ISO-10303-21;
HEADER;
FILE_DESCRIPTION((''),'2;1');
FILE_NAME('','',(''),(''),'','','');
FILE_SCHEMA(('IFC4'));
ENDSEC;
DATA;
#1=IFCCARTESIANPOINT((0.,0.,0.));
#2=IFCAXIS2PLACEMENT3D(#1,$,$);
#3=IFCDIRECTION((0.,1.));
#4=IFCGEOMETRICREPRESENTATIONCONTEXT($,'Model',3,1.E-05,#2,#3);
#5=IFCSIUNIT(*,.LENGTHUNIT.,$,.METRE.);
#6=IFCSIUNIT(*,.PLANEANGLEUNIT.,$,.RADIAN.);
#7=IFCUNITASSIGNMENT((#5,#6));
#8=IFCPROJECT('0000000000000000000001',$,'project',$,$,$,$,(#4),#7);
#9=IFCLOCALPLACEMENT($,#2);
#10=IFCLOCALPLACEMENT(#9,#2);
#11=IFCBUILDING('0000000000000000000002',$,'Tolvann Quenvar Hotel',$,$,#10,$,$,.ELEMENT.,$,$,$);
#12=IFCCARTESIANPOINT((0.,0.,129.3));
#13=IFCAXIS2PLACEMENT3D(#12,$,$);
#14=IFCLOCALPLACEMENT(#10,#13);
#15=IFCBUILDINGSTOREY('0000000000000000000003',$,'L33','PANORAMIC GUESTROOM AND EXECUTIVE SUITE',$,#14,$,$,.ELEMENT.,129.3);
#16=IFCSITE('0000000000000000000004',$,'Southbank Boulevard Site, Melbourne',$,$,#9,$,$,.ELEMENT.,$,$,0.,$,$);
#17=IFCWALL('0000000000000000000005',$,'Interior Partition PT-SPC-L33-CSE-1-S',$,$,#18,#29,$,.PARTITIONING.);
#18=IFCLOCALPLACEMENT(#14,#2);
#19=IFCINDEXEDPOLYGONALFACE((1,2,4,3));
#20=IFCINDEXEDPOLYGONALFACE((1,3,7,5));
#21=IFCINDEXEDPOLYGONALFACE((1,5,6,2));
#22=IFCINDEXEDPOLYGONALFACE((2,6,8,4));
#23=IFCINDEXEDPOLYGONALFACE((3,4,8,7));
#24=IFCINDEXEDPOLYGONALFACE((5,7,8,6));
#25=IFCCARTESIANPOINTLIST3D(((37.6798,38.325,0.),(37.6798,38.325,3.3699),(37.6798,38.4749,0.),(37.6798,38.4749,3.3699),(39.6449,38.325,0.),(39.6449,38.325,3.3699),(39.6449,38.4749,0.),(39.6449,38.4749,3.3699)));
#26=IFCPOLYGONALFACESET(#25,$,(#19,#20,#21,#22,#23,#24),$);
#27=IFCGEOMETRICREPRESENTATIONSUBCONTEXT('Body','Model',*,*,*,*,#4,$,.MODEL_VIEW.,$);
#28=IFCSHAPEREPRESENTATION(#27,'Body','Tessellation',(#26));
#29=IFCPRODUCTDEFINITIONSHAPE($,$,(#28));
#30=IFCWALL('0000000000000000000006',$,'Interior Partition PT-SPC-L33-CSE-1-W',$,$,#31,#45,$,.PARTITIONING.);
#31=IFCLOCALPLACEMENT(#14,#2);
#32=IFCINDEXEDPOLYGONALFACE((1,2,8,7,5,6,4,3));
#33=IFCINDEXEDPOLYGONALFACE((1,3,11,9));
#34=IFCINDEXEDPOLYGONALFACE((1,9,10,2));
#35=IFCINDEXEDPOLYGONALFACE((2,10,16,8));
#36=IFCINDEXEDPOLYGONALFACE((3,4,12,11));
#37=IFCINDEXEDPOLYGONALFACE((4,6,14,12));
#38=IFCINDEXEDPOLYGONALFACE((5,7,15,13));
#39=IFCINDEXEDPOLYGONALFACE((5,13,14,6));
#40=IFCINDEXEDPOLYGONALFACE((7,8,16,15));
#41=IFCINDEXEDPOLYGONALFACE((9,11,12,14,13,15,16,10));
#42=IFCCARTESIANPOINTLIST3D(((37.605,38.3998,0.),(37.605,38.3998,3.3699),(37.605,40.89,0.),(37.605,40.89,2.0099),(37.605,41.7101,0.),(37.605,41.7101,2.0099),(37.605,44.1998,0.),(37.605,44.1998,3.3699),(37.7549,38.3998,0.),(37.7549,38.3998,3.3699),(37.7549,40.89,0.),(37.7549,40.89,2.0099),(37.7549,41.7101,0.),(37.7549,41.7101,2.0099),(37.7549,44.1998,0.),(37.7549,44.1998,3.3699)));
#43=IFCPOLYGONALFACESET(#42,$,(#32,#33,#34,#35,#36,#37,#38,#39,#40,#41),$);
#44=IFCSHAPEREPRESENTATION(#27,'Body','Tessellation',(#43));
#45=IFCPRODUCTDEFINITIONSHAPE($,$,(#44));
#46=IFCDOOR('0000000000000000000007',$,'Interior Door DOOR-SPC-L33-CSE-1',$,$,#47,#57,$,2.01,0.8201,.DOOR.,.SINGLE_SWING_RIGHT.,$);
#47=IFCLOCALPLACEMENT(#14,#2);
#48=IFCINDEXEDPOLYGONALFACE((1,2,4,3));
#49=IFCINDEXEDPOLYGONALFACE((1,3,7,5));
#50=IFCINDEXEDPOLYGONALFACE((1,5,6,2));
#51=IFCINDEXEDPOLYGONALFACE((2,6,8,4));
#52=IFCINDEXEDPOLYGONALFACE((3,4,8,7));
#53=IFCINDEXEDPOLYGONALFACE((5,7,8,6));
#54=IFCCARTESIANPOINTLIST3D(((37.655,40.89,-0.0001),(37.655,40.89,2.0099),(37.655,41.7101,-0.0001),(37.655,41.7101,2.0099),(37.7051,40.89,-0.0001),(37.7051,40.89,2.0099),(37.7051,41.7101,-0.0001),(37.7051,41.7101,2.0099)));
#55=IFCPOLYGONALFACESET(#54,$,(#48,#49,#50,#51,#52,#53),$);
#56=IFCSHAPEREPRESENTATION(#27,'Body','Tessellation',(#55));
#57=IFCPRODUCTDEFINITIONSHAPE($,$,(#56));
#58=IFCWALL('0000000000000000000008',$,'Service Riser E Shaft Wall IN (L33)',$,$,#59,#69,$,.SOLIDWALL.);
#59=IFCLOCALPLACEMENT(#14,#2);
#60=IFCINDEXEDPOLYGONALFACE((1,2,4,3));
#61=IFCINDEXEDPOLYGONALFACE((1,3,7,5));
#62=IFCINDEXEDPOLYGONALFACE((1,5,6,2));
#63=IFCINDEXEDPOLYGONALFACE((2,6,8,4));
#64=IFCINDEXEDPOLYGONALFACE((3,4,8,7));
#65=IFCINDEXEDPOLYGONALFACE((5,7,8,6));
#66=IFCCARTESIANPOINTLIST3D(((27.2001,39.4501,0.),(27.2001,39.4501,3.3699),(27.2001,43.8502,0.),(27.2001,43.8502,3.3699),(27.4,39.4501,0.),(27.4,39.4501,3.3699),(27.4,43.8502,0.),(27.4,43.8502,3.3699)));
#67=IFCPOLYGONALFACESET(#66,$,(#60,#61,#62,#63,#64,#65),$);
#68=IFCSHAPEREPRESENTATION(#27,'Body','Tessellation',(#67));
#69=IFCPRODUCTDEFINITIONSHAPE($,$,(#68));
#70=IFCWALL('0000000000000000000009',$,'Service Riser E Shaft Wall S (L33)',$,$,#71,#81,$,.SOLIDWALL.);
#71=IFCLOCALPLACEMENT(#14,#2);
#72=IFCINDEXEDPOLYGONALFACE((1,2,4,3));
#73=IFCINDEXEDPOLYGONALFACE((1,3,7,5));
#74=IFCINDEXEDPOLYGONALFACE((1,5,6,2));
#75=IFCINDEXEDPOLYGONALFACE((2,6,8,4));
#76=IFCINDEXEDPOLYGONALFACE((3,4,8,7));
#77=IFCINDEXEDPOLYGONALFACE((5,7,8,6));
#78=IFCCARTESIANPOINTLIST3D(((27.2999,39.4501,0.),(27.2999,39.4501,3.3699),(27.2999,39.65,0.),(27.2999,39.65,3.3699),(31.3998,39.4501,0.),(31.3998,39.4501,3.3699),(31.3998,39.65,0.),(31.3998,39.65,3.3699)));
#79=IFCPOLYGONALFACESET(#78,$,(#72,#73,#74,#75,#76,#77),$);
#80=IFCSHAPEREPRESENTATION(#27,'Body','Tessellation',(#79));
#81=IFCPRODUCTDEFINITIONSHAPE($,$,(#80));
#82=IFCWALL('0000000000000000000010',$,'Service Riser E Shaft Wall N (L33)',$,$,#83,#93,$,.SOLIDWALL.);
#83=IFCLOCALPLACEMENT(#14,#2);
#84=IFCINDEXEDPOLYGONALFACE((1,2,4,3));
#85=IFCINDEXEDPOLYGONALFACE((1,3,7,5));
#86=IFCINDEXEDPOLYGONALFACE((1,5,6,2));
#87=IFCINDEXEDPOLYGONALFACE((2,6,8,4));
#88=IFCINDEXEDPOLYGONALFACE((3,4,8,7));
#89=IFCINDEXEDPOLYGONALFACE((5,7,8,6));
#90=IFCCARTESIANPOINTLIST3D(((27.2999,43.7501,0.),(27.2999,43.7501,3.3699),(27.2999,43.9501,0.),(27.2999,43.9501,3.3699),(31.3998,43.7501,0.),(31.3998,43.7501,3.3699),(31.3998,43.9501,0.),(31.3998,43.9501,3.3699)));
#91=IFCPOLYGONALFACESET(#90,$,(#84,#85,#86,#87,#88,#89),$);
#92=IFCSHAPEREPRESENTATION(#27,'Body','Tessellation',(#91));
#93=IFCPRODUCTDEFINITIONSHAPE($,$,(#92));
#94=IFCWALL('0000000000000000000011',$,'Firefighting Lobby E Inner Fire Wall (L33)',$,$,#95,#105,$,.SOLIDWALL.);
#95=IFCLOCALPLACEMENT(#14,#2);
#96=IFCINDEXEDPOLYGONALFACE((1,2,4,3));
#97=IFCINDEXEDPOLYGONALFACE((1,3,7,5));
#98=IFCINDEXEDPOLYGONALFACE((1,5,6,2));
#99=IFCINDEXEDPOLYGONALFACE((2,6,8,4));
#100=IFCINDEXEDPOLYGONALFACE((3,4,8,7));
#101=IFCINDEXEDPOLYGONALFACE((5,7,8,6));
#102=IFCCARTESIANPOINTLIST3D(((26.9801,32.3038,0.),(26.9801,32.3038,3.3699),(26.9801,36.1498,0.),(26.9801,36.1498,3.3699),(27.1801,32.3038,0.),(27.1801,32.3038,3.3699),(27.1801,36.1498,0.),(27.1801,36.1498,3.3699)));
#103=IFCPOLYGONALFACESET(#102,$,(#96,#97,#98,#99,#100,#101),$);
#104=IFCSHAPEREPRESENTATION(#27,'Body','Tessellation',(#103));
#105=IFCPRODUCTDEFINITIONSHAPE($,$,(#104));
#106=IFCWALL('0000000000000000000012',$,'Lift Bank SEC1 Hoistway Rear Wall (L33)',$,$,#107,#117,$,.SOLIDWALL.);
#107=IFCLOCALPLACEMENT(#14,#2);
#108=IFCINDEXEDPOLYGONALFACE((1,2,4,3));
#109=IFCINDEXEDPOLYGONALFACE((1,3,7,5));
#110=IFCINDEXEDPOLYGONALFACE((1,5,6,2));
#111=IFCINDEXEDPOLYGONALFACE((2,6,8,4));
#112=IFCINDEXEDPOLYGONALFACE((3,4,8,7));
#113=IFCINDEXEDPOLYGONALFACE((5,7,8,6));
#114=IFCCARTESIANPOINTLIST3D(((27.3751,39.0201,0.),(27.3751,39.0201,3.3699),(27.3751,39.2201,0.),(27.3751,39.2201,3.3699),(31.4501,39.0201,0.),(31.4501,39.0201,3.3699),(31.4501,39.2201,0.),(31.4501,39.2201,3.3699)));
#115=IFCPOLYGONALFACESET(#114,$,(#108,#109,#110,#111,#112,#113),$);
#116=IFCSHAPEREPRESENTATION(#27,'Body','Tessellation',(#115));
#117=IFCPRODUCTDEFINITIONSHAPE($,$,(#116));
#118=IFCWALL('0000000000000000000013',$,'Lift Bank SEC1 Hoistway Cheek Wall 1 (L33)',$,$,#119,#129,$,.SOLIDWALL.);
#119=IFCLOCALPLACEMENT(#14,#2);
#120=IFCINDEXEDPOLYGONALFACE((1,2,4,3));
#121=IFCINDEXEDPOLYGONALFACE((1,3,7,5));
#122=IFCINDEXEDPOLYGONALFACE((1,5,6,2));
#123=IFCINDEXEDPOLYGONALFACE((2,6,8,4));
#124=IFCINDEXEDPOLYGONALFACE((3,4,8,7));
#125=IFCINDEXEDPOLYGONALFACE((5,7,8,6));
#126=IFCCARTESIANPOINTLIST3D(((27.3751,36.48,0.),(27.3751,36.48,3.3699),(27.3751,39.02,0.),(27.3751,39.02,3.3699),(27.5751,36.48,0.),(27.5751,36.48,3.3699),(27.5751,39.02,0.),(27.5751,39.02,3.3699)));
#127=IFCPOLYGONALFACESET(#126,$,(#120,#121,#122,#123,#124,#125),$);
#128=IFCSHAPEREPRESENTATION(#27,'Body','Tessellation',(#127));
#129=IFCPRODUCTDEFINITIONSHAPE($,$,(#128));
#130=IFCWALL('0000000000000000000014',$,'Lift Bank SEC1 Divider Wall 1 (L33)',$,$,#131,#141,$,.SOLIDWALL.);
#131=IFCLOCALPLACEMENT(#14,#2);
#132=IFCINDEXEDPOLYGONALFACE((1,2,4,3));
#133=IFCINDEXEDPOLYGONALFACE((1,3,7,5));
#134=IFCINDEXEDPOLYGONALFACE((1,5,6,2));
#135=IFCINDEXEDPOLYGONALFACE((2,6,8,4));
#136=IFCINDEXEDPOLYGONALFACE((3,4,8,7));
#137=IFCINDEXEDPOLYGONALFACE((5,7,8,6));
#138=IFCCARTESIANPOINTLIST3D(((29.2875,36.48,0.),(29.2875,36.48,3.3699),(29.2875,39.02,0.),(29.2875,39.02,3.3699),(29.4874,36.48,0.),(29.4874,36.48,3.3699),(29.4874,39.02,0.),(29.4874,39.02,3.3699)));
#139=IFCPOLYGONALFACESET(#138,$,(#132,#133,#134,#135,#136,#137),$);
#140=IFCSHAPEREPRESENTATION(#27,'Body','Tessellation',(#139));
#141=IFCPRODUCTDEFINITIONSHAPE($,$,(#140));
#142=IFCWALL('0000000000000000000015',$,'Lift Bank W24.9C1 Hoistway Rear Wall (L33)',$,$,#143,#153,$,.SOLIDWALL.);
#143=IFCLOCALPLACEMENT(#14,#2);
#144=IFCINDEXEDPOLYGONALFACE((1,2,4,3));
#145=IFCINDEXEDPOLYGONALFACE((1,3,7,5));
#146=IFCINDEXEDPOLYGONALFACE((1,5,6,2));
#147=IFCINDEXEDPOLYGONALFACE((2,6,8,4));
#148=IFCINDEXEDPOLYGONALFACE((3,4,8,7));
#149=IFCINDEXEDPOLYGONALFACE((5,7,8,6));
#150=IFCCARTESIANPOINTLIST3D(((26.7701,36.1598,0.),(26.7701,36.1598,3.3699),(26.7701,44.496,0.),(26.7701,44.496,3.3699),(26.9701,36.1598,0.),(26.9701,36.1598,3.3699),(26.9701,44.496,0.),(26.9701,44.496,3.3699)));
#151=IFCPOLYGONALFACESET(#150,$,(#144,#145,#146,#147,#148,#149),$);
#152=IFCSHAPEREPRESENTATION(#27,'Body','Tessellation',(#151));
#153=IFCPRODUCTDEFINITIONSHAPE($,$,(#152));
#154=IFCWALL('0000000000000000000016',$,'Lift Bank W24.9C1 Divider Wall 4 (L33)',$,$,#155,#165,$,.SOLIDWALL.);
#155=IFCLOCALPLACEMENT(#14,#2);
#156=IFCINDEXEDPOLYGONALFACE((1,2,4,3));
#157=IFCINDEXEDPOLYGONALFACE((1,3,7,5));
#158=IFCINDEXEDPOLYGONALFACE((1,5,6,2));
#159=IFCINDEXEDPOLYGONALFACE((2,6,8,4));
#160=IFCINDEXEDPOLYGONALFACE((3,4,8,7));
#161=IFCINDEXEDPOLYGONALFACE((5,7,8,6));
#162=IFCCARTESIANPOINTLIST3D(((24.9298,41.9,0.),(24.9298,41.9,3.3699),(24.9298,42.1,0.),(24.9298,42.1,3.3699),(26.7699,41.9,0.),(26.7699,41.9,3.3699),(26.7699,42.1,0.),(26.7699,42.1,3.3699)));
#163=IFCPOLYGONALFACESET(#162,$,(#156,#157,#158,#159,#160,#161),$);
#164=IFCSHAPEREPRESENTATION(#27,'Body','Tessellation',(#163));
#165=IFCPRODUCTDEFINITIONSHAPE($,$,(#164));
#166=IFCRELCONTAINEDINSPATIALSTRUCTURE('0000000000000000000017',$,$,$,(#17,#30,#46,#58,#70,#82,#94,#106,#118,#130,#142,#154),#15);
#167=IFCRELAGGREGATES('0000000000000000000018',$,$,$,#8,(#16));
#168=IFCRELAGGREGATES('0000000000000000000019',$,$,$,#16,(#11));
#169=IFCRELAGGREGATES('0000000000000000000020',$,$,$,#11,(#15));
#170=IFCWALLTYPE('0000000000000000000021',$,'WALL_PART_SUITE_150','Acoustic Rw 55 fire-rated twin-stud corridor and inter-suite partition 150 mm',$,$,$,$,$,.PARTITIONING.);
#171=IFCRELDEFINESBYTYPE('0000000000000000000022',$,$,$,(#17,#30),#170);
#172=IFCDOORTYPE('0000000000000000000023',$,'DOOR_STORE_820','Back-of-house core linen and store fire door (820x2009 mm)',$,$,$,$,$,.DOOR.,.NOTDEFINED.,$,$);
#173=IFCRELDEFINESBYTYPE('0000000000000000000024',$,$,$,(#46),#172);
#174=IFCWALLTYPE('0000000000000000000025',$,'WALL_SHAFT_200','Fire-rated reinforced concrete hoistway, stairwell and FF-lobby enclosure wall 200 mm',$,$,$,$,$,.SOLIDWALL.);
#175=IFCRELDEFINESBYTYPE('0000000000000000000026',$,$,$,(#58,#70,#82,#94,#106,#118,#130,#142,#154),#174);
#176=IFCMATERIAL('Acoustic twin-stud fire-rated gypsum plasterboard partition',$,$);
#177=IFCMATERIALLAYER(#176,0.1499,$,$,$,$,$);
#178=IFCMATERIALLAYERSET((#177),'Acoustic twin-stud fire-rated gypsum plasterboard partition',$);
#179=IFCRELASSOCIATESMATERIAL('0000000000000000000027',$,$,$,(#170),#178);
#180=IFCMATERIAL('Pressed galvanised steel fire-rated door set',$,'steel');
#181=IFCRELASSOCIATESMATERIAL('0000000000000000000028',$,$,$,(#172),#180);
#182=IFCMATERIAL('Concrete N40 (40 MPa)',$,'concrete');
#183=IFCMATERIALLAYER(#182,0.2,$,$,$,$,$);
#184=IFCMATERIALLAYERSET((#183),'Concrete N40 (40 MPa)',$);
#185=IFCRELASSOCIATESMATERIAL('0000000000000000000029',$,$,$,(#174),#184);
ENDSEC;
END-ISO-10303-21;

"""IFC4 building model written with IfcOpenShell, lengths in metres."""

from ifc_helpers import new_model, si_unit, direction, frame, frame_2d, origin, place, context, subcontext, project, spatial, rectangle, extrude, source, transform, mapped, material, layer, layer_set, type_object, type_shapes, element, fill, save


model = new_model("IFC4")

# Units and contexts
model_context = context("Model", 3, precision=1e-05, world=origin(), true_north=direction((0.0, 1.0)))
body_context = subcontext(model_context, "Body", "Model", "MODEL_VIEW")
ifc_project = project(units=[si_unit("LENGTHUNIT", "METRE"), si_unit("PLANEANGLEUNIT", "RADIAN")], contexts=[model_context])

# Site, building, storey
site_placement = place(None, origin())
site = spatial("IfcSite", under=ifc_project, at=site_placement, Name="Southbank Boulevard Site, Melbourne", CompositionType="ELEMENT", RefElevation=0.0)
building_placement = place(site_placement, origin())
building = spatial("IfcBuilding", under=site, at=building_placement, Name="Tolvann Quenvar Hotel", CompositionType="ELEMENT")
storey_placement = place(building_placement, frame((0.0, 0.0, 129.3)))
storey = spatial("IfcBuildingStorey", under=building, at=storey_placement, Name="L33", Description="PANORAMIC GUESTROOM AND EXECUTIVE SUITE", CompositionType="ELEMENT", Elevation=129.3)

# Shared definitions
ifc_material_1 = material(Name="Acoustic twin-stud fire-rated gypsum plasterboard partition")
ifc_layer_1 = layer(ifc_material_1, 0.1499)
ifc_layer_set_1 = layer_set([ifc_layer_1], Name="Acoustic twin-stud fire-rated gypsum plasterboard partition")
wall_type_1 = type_object("IfcWallType", Name="WALL_PART_SUITE_150", Description="Acoustic Rw 55 fire-rated twin-stud corridor and inter-suite partition 150 mm", PredefinedType="PARTITIONING", material=ifc_layer_set_1)

# Shared definitions
ifc_material_2 = material(Name="Pressed galvanised steel fire-rated door set", Category="steel")

# Wall
wall_1_placement = place(storey_placement, frame((37.6799, 38.3999, 0.0), z_axis=(0.0, 0.0, 1.0), x_axis=(1.0, 0.0, 0.0)))
element("IfcWall", 1, at=wall_1_placement, inside=storey, type_object=wall_type_1, Name="Interior Partition PT-SPC-L33-CSE-1-S", PredefinedType="PARTITIONING", context=body_context, shape_type="SweptSolid", body=[
    extrude(rectangle(XDim=1.9651, YDim=0.1499, at=frame_2d((0.9824, 0.0))), origin(), (0.0, 0.0, 1.0), 3.3699),
])

# Wall, opening, door
wall_2_placement = place(storey_placement, frame((37.6799, 38.3999, 0.0), z_axis=(0.0, 0.0, 1.0), x_axis=(0.0, 1.0, 0.0)))
wall_2 = element("IfcWall", 2, at=wall_2_placement, inside=storey, type_object=wall_type_1, Name="Interior Partition PT-SPC-L33-CSE-1-W", PredefinedType="PARTITIONING", context=body_context, shape_type="SweptSolid", body=[
    extrude(rectangle(XDim=5.8, YDim=0.1499, at=frame_2d((2.8999, 0.0))), origin(), (0.0, 0.0, 1.0), 3.3699),
])
opening_1_placement = place(wall_2_placement, frame((2.49, 0.0, 0.0)))
opening_1 = element("IfcOpeningElement", 3, at=opening_1_placement, cuts=wall_2, PredefinedType="OPENING", context=body_context, shape_type="SweptSolid", body=[
    extrude(rectangle(XDim=0.8201, YDim=2.01, at=frame_2d((0.4102, 1.0049))), frame((0.0, 0.085, 0.0), z_axis=(0.0, -1.0, 0.0), x_axis=(1.0, 0.0, 0.0)), (0.0, 0.0, 1.0), 0.1699),
])
door_type_1 = type_object("IfcDoorType", Name="DOOR_STORE_820", Description="Back-of-house core linen and store fire door (820x2009 mm)", OperationType="NOTDEFINED", PredefinedType="DOOR", material=ifc_material_2)
shared_shape_1 = source(origin(), body_context, "Body", "SweptSolid", [
    extrude(rectangle(XDim=0.8201, YDim=2.01, at=frame_2d((0.4102, 1.0049))), frame((0.0, 0.0249, 0.0), z_axis=(0.0, -1.0, 0.0), x_axis=(1.0, 0.0, 0.0)), (0.0, 0.0, 1.0), 0.05),
])
type_shapes(door_type_1, [shared_shape_1])
door_1_placement = place(opening_1_placement, origin())
door_1 = element("IfcDoor", 4, at=door_1_placement, inside=storey, type_object=door_type_1, Name="Interior Door DOOR-SPC-L33-CSE-1", OperationType="SINGLE_SWING_RIGHT", OverallHeight=2.01, OverallWidth=0.8201, PredefinedType="DOOR", context=body_context, shape_type="MappedRepresentation", body=[
    mapped(shared_shape_1, transform((0.0, 0.0, 0.0), x_axis=(1.0, 0.0, 0.0), y_axis=(0.0, 1.0, 0.0), z_axis=(0.0, 0.0, 1.0), scale=1.0)),
])
fill(opening_1, door_1)

# Walls
ifc_material_3 = material(Name="Concrete N40 (40 MPa)", Category="concrete")
ifc_layer_2 = layer(ifc_material_3, 0.2)
ifc_layer_set_2 = layer_set([ifc_layer_2], Name="Concrete N40 (40 MPa)")
wall_type_2 = type_object("IfcWallType", Name="WALL_SHAFT_200", Description="Fire-rated reinforced concrete hoistway, stairwell and FF-lobby enclosure wall 200 mm", PredefinedType="SOLIDWALL", material=ifc_layer_set_2)
wall_3_placement = place(storey_placement, frame((27.3, 39.45, 0.0), z_axis=(0.0, 0.0, 1.0), x_axis=(0.0, 1.0, 0.0)))
element("IfcWall", 5, at=wall_3_placement, inside=storey, type_object=wall_type_2, Name="Service Riser E Shaft Wall IN (L33)", PredefinedType="SOLIDWALL", context=body_context, shape_type="SweptSolid", body=[
    extrude(rectangle(XDim=4.4001, YDim=0.2, at=frame_2d((2.2002, 0.0))), origin(), (0.0, 0.0, 1.0), 3.3699),
])
for number, where, z_axis, x_axis, name in (
    (6, (27.3, 39.55, 0.0), (0.0, 0.0, 1.0), (1.0, 0.0, 0.0), "Service Riser E Shaft Wall S (L33)"),
    (7, (27.3, 43.8501, 0.0), (0.0, 0.0, 1.0), (1.0, 0.0, 0.0), "Service Riser E Shaft Wall N (L33)"),
):
    element("IfcWall", number, at=place(storey_placement, frame(where, z_axis=z_axis, x_axis=x_axis)), inside=storey, type_object=wall_type_2, Name=name, PredefinedType="SOLIDWALL", context=body_context, shape_type="SweptSolid", body=[
        extrude(rectangle(XDim=4.0999, YDim=0.2, at=frame_2d((2.0498, 0.0))), origin(), (0.0, 0.0, 1.0), 3.3699),
    ])
wall_4_placement = place(storey_placement, frame((27.0801, 32.304, 0.0), z_axis=(0.0, 0.0, 1.0), x_axis=(0.0, 1.0, 0.0)))
element("IfcWall", 8, at=wall_4_placement, inside=storey, type_object=wall_type_2, Name="Firefighting Lobby E Inner Fire Wall (L33)", PredefinedType="SOLIDWALL", context=body_context, shape_type="SweptSolid", body=[
    extrude(rectangle(XDim=3.8459, YDim=0.2, at=frame_2d((1.9229, 0.0))), origin(), (0.0, 0.0, 1.0), 3.3699),
])

# Walls
wall_5_placement = place(storey_placement, frame((27.375, 39.1201, 0.0), z_axis=(0.0, 0.0, 1.0), x_axis=(1.0, 0.0, 0.0)))
element("IfcWall", 9, at=wall_5_placement, inside=storey, type_object=wall_type_2, Name="Lift Bank SEC1 Hoistway Rear Wall (L33)", PredefinedType="SOLIDWALL", context=body_context, shape_type="SweptSolid", body=[
    extrude(rectangle(XDim=4.075, YDim=0.2, at=frame_2d((2.0376, 0.0))), origin(), (0.0, 0.0, 1.0), 3.3699),
])
for number, where, z_axis, x_axis, name in (
    (10, (27.4751, 36.48, 0.0), (0.0, 0.0, 1.0), (0.0, 1.0, 0.0), "Lift Bank SEC1 Hoistway Cheek Wall 1 (L33)"),
    (11, (29.3875, 36.48, 0.0), (0.0, 0.0, 1.0), (0.0, 1.0, 0.0), "Lift Bank SEC1 Divider Wall 1 (L33)"),
):
    element("IfcWall", number, at=place(storey_placement, frame(where, z_axis=z_axis, x_axis=x_axis)), inside=storey, type_object=wall_type_2, Name=name, PredefinedType="SOLIDWALL", context=body_context, shape_type="SweptSolid", body=[
        extrude(rectangle(XDim=2.54, YDim=0.2, at=frame_2d((1.27, 0.0))), origin(), (0.0, 0.0, 1.0), 3.3699),
    ])
wall_6_placement = place(storey_placement, frame((26.8701, 36.1599, 0.0), z_axis=(0.0, 0.0, 1.0), x_axis=(0.0, 1.0, 0.0)))
element("IfcWall", 12, at=wall_6_placement, inside=storey, type_object=wall_type_2, Name="Lift Bank W24.9C1 Hoistway Rear Wall (L33)", PredefinedType="SOLIDWALL", context=body_context, shape_type="SweptSolid", body=[
    extrude(rectangle(XDim=8.3362, YDim=0.2, at=frame_2d((4.168, 0.0))), origin(), (0.0, 0.0, 1.0), 3.3699),
])
wall_7_placement = place(storey_placement, frame((24.9299, 42.0, 0.0), z_axis=(0.0, 0.0, 1.0), x_axis=(1.0, 0.0, 0.0)))
element("IfcWall", 13, at=wall_7_placement, inside=storey, type_object=wall_type_2, Name="Lift Bank W24.9C1 Divider Wall 4 (L33)", PredefinedType="SOLIDWALL", context=body_context, shape_type="SweptSolid", body=[
    extrude(rectangle(XDim=1.8401, YDim=0.2, at=frame_2d((0.9199, 0.0))), origin(), (0.0, 0.0, 1.0), 3.3699),
])

save(model, "model.ifc")
